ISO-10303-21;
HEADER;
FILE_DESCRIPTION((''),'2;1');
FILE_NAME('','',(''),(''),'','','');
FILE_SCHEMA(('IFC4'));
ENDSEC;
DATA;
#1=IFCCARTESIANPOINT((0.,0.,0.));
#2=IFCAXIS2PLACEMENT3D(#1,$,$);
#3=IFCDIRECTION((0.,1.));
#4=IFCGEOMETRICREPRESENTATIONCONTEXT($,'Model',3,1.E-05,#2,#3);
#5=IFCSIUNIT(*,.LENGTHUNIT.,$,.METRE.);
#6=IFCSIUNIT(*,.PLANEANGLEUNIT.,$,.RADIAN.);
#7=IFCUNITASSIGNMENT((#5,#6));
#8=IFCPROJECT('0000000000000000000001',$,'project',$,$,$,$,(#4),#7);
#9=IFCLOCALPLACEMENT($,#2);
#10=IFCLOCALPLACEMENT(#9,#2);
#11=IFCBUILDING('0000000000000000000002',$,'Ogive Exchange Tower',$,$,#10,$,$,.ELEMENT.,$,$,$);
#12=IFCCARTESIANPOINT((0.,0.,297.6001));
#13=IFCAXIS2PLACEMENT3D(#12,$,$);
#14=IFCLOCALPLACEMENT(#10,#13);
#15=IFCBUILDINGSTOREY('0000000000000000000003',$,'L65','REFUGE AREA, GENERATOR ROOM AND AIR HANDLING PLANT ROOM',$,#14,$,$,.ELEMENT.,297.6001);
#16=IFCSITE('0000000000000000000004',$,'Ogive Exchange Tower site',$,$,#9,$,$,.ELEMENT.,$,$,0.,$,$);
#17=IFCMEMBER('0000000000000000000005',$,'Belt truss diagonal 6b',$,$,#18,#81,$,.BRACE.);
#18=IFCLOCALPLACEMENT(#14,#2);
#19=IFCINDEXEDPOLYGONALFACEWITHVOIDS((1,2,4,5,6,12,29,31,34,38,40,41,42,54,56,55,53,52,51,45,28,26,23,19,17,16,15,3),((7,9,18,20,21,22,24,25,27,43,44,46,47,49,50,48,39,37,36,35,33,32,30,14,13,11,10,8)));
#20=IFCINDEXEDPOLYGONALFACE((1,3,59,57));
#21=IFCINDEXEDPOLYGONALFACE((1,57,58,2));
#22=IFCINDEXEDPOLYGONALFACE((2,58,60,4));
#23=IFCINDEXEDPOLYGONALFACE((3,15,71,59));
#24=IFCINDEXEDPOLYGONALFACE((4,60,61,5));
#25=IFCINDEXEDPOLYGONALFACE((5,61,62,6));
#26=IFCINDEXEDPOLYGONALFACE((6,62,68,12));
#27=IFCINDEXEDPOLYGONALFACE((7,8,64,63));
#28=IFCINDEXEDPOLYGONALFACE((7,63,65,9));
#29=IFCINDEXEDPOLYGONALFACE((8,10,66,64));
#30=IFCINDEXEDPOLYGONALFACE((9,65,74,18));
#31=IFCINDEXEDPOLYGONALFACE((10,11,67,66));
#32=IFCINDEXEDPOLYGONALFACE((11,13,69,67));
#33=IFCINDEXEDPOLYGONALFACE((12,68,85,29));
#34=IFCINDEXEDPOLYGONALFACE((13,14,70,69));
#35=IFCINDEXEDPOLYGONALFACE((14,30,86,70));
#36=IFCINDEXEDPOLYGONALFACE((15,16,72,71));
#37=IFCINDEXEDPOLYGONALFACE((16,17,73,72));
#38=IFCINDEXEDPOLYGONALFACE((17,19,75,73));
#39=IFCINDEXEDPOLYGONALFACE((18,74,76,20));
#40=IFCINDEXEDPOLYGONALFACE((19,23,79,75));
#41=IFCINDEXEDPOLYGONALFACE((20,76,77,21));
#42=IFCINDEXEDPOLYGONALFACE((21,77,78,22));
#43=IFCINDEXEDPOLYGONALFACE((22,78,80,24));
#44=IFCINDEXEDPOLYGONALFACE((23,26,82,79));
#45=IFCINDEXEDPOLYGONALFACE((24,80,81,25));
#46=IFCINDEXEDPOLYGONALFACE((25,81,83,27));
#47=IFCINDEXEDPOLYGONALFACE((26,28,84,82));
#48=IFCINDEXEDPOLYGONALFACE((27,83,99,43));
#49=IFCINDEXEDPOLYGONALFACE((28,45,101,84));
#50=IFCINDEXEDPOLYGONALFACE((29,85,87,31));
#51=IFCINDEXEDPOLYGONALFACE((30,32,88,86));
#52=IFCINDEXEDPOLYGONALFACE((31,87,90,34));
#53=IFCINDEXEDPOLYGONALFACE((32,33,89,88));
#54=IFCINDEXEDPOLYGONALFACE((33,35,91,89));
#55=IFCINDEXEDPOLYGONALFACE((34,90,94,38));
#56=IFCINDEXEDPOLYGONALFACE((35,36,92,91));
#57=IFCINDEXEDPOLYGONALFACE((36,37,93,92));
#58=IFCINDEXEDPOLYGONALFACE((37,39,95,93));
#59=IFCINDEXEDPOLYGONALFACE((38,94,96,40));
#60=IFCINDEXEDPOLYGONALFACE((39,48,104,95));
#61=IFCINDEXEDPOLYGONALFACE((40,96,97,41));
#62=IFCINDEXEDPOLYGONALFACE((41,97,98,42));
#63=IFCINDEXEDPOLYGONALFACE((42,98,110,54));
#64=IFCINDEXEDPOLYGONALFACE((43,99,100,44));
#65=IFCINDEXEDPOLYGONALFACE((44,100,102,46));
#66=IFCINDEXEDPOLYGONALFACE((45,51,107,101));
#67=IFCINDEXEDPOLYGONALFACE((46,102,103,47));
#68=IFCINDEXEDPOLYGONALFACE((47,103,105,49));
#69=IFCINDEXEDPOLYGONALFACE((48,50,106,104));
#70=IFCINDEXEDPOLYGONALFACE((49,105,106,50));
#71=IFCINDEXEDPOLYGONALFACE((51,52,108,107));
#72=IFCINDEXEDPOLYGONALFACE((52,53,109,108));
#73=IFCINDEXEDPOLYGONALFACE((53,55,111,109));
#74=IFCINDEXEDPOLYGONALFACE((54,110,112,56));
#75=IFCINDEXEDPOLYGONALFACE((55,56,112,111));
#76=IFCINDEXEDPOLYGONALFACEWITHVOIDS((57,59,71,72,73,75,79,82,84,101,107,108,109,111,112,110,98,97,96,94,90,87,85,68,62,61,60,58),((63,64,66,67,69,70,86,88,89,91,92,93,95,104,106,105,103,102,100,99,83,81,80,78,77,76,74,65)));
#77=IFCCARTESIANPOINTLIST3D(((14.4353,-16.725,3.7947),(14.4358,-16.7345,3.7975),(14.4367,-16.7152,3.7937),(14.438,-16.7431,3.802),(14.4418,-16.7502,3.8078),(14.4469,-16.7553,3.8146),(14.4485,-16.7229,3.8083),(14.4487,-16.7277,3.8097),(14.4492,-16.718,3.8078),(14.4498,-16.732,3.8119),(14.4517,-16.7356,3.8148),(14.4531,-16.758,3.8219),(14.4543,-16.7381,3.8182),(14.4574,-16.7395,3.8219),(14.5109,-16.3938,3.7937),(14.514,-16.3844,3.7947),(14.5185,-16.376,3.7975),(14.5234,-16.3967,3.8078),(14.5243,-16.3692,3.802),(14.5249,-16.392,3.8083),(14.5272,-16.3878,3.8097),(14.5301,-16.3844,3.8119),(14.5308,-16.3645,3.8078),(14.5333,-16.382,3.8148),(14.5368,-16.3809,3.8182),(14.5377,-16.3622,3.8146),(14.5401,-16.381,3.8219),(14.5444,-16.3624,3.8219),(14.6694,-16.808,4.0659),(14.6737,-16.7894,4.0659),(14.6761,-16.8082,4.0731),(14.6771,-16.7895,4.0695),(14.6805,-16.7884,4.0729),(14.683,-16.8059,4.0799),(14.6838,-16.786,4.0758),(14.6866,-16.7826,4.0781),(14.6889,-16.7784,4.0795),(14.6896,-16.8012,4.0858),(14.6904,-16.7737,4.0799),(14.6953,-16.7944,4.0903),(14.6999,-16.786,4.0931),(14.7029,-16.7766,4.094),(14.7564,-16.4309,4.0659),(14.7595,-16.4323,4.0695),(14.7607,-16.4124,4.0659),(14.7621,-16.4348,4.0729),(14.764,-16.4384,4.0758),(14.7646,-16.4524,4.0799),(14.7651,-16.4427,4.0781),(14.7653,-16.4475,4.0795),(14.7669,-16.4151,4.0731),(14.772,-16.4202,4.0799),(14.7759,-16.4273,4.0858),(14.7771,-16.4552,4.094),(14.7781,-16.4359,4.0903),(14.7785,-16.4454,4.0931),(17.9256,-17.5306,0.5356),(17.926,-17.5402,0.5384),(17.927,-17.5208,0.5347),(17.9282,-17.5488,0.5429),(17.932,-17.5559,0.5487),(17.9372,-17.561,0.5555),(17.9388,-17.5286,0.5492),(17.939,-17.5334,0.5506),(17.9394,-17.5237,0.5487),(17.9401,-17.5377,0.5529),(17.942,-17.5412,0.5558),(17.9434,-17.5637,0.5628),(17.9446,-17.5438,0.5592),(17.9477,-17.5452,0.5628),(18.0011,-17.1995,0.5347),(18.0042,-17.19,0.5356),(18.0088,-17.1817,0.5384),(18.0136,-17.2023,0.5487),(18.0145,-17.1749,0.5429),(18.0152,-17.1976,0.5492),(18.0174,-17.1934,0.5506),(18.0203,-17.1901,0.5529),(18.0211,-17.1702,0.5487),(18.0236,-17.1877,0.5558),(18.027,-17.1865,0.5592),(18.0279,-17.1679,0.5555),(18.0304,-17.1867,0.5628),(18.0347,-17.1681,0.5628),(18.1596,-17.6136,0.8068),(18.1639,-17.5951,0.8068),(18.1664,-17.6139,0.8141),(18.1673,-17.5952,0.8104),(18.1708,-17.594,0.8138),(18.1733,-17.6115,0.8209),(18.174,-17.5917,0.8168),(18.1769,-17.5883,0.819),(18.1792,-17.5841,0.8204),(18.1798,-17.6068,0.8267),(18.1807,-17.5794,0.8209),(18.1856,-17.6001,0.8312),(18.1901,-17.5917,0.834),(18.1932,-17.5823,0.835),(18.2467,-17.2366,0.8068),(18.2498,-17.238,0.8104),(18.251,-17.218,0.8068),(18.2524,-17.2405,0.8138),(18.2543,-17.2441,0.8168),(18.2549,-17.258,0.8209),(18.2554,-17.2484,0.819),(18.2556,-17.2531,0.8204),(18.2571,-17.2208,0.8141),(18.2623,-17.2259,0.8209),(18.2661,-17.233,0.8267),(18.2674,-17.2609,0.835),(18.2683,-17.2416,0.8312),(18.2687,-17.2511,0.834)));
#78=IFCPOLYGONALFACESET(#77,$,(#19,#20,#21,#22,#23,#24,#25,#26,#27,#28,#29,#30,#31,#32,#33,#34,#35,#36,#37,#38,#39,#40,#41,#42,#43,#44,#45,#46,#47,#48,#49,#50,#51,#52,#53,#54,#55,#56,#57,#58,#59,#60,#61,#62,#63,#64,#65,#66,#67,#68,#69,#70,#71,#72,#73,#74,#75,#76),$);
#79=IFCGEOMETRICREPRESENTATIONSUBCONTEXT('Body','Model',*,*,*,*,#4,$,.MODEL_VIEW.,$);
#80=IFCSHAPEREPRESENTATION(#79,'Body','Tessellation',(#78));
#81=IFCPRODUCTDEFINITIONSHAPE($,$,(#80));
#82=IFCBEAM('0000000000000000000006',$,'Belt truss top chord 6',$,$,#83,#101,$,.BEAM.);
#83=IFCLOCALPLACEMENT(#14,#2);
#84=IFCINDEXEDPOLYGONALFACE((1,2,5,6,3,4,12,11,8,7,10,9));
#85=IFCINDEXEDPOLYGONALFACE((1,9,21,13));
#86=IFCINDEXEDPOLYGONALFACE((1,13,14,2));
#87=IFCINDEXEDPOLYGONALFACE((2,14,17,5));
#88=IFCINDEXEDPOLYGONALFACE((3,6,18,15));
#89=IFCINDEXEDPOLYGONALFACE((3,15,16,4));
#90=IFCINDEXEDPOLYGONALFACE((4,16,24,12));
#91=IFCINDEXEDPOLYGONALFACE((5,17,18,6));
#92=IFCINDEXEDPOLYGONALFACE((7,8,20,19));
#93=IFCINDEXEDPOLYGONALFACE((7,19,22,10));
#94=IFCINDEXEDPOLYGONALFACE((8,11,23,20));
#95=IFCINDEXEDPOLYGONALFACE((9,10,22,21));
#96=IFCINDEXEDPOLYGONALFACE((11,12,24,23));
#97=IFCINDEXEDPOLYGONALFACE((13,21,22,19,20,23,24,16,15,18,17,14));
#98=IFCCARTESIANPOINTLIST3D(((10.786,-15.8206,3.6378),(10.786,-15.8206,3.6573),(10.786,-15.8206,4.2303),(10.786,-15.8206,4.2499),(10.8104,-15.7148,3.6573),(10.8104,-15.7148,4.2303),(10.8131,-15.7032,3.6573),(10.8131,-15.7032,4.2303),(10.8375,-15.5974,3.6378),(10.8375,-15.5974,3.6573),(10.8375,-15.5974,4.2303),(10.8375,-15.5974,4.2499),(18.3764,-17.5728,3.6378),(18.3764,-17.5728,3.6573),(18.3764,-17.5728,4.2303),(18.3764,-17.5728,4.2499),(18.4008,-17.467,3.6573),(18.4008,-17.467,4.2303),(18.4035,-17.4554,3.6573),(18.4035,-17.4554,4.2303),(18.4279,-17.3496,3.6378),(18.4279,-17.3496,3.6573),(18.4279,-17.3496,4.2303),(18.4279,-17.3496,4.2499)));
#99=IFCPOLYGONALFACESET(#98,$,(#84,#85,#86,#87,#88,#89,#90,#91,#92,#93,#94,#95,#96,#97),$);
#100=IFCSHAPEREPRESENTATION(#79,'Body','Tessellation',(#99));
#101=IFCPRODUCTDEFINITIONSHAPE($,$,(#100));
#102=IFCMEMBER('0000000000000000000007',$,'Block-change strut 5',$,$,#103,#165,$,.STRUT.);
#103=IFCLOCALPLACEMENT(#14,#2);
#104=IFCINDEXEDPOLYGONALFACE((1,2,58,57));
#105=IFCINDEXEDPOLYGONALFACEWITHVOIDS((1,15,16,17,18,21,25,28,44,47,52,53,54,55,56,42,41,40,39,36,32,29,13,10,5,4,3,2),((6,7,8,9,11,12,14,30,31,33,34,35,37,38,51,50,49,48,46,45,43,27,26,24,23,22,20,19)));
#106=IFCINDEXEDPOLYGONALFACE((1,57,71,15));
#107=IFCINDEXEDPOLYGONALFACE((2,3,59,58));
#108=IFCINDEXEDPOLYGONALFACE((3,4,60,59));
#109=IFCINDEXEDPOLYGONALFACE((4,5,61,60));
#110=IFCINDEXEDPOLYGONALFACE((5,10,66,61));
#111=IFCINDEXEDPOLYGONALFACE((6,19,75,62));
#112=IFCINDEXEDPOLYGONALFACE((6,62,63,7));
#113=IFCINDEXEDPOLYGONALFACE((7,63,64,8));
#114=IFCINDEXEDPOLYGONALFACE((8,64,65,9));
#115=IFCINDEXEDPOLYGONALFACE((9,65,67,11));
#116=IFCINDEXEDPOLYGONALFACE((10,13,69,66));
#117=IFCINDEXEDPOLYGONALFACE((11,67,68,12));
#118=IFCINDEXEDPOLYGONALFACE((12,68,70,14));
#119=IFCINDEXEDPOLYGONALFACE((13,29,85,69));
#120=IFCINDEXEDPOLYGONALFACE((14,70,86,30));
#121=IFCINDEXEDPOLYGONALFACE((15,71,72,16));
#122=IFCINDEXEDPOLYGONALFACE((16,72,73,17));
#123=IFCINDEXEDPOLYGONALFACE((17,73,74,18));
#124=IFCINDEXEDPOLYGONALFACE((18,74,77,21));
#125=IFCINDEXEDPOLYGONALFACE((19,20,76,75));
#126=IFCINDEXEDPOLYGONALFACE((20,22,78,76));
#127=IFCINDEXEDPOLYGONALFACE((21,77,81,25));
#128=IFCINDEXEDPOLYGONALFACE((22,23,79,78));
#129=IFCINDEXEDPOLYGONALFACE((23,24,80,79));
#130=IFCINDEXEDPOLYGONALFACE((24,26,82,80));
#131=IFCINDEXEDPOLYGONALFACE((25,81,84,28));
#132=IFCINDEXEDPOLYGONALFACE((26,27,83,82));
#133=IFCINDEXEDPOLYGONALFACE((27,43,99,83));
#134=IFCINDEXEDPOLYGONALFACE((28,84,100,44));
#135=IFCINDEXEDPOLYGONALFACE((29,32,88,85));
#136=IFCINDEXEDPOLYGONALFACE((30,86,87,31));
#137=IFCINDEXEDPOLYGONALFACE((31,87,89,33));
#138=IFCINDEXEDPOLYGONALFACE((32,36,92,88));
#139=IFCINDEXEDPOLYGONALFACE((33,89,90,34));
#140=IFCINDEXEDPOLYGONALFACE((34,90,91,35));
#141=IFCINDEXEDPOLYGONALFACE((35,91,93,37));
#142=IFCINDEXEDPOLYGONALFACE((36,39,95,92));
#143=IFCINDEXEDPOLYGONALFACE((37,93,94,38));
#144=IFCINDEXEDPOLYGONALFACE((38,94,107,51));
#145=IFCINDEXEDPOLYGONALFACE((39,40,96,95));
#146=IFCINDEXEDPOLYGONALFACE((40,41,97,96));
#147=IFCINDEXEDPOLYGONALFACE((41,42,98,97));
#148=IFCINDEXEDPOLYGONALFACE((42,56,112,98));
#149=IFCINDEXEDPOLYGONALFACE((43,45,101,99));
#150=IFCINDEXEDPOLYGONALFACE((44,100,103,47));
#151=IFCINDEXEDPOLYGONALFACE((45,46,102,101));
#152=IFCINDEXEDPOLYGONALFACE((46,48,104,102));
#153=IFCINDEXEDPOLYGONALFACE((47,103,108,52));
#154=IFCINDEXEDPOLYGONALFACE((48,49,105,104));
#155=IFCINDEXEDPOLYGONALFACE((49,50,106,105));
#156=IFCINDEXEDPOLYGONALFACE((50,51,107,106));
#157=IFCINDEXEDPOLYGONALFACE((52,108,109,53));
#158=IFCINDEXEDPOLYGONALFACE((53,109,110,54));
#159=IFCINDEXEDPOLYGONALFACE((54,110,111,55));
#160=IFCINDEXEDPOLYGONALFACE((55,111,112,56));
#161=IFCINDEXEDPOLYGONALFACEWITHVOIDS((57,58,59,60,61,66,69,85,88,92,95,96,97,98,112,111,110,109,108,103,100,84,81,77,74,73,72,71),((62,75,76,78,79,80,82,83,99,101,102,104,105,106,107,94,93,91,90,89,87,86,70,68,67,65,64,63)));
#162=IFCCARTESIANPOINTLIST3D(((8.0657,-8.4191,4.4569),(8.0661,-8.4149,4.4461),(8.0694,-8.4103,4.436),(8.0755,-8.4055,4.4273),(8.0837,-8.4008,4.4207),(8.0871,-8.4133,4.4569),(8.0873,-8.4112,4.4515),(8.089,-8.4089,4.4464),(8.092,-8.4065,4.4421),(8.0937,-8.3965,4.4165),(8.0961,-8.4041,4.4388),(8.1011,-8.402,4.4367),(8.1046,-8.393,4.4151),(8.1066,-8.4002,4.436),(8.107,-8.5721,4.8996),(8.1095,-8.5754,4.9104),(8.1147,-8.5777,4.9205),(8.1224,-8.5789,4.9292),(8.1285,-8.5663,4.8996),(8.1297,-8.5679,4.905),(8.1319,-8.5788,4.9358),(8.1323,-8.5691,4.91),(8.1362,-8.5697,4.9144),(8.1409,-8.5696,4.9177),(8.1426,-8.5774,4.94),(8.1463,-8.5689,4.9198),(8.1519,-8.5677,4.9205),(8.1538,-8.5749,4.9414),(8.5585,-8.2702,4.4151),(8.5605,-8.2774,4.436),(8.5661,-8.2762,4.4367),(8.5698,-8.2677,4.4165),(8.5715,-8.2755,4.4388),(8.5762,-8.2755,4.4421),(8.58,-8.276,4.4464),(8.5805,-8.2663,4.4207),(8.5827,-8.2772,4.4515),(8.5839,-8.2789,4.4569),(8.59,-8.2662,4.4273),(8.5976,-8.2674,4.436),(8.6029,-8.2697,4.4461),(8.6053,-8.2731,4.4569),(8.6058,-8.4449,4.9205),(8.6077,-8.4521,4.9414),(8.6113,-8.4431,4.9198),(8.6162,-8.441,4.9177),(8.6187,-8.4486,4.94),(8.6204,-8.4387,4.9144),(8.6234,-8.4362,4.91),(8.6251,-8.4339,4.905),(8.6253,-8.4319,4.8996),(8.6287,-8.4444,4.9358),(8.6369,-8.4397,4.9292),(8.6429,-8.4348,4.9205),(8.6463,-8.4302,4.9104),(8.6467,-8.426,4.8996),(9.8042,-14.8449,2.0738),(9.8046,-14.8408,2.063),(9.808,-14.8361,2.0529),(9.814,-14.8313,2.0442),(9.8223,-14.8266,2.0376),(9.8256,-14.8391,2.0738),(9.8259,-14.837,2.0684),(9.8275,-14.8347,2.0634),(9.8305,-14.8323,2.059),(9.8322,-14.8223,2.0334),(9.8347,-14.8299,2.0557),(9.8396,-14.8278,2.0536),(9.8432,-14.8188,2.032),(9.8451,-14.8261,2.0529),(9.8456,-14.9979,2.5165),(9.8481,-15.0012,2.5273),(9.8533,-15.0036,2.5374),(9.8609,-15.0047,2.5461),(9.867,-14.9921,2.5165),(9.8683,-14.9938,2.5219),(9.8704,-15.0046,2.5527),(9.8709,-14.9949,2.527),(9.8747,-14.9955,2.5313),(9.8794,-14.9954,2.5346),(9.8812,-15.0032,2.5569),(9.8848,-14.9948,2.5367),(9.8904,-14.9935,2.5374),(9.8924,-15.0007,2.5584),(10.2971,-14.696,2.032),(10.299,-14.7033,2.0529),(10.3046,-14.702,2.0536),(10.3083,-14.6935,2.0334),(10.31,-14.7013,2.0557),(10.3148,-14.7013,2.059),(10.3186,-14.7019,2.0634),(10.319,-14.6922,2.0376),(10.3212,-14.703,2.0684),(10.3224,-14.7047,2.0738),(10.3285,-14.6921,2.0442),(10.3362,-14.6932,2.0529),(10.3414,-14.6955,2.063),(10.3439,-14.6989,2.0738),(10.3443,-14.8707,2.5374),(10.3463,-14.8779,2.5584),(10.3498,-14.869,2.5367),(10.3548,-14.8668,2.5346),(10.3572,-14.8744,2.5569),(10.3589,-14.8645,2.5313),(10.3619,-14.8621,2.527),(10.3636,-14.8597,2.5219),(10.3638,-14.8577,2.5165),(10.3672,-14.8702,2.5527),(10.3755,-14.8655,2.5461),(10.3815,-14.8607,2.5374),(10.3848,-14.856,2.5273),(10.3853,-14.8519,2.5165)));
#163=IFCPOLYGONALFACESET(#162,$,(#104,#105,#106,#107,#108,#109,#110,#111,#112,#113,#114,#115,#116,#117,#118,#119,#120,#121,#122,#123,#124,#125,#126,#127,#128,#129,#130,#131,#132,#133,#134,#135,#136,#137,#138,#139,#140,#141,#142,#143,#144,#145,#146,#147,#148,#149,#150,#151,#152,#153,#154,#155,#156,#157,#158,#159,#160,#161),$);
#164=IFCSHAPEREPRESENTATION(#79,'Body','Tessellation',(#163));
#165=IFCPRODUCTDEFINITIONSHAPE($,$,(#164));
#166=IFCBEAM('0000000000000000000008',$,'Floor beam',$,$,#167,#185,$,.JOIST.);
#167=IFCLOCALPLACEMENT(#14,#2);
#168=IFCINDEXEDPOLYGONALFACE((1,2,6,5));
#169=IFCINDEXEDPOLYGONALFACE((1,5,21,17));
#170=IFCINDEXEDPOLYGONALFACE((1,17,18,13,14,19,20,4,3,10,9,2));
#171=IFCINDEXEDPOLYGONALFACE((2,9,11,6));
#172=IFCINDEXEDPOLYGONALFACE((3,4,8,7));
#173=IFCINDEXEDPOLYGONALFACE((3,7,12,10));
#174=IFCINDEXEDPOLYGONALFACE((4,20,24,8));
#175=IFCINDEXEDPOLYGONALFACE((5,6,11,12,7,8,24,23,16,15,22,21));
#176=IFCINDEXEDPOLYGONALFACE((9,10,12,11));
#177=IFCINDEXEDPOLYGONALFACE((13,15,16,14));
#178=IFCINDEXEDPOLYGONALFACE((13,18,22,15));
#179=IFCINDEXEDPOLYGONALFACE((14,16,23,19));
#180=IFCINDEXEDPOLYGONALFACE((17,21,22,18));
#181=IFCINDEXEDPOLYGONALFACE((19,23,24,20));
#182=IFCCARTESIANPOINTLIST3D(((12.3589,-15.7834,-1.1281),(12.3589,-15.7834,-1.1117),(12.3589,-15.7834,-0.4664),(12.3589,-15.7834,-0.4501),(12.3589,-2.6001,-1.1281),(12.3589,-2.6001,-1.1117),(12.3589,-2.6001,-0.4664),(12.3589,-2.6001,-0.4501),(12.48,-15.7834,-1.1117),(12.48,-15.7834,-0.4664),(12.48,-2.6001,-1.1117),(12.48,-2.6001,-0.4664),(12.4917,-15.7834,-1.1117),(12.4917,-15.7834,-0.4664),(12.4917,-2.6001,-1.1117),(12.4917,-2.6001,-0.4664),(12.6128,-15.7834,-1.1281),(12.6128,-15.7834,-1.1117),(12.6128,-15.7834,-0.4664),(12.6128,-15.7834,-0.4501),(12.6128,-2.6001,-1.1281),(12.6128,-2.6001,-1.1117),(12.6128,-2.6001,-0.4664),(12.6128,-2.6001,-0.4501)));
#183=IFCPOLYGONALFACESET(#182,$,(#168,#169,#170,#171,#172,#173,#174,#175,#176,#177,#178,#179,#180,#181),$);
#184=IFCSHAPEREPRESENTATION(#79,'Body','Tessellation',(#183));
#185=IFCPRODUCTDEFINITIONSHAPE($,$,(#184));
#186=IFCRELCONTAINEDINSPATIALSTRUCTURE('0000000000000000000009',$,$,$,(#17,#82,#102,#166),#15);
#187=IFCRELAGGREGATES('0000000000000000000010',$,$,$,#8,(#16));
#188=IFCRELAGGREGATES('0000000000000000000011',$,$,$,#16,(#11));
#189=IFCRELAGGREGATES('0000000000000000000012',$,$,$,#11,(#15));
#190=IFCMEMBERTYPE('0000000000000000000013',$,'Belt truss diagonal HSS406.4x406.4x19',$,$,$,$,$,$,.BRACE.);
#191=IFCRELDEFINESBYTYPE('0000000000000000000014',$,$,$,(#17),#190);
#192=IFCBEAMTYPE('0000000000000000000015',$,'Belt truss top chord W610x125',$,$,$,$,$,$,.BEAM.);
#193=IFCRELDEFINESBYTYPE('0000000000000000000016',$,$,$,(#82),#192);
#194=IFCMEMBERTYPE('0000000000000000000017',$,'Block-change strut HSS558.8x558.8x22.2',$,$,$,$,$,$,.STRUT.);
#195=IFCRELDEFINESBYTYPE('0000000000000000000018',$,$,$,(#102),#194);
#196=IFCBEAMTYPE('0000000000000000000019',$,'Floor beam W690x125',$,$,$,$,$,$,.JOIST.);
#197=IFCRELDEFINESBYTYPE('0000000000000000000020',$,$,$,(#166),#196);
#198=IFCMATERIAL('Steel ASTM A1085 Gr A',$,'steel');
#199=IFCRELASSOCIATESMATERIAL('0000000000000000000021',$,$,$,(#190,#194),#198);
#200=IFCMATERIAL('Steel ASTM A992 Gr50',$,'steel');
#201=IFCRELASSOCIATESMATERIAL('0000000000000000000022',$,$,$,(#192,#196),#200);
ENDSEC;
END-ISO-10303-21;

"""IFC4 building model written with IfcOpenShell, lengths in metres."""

from ifc_helpers import new_model, si_unit, direction, frame, origin, origin_2d, place, context, subcontext, project, spatial, hollow_rectangle, i_section, extrude, material, material_profile, profile_set, type_object, element, save


model = new_model("IFC4")

# Units and contexts
model_context = context("Model", 3, precision=1e-05, world=origin(), true_north=direction((0.0, 1.0)))
body_context = subcontext(model_context, "Body", "Model", "MODEL_VIEW")
ifc_project = project(units=[si_unit("LENGTHUNIT", "METRE"), si_unit("PLANEANGLEUNIT", "RADIAN")], contexts=[model_context])

# Site, building, storey
site_placement = place(None, origin())
site = spatial("IfcSite", under=ifc_project, at=site_placement, Name="Ogive Exchange Tower site", CompositionType="ELEMENT", RefElevation=0.0)
building_placement = place(site_placement, origin())
building = spatial("IfcBuilding", under=site, at=building_placement, Name="Ogive Exchange Tower", CompositionType="ELEMENT")
storey_placement = place(building_placement, frame((0.0, 0.0, 297.6001)))
storey = spatial("IfcBuildingStorey", under=building, at=storey_placement, Name="L65", Description="REFUGE AREA, GENERATOR ROOM AND AIR HANDLING PLANT ROOM", CompositionType="ELEMENT", Elevation=297.6001)

# Shared definitions
ifc_material_1 = material(Name="Steel ASTM A992 Gr50", Category="steel")

# Member
ifc_material_2 = material(Name="Steel ASTM A1085 Gr A", Category="steel")
ifc_material_profile_1 = material_profile(ifc_material_2, hollow_rectangle(XDim=0.406, YDim=0.406, WallThickness=0.019, InnerFilletRadius=0.019, OuterFilletRadius=0.0381, at=origin_2d()), Name="HSS406.4x406.4x19")
ifc_profile_set_1 = profile_set([ifc_material_profile_1], Name="Steel ASTM A1085 Gr A")
member_type_1 = type_object("IfcMemberType", Name="Belt truss diagonal HSS406.4x406.4x19", PredefinedType="BRACE", material=ifc_profile_set_1)
for number, where, z_axis, x_axis, name in (
    (1, (18.0972, -17.3909, 0.6848), (-0.720715, 0.166365, 0.672973), (-0.224919, -0.974377, 0.0), "Belt truss diagonal 6b"),
):
    element("IfcMember", number, at=place(storey_placement, frame(where, z_axis=z_axis, x_axis=x_axis)), inside=storey, type_object=member_type_1, Name=name, PredefinedType="BRACE", context=body_context, shape_type="SweptSolid", body=[
        extrude(hollow_rectangle(XDim=0.406, YDim=0.406, WallThickness=0.019, InnerFilletRadius=0.019, OuterFilletRadius=0.0381, at=origin_2d()), origin(), (0.0, 0.0, 1.0), 4.8428),
    ])

# Beam
ifc_material_profile_2 = material_profile(ifc_material_1, i_section(OverallWidth=0.229, OverallDepth=0.6121, WebThickness=0.012, FlangeThickness=0.0195, at=origin_2d()), Name="W610x125")
ifc_profile_set_2 = profile_set([ifc_material_profile_2], Name="Steel ASTM A992 Gr50")
beam_type_1 = type_object("IfcBeamType", Name="Belt truss top chord W610x125", PredefinedType="BEAM", material=ifc_profile_set_2)
beam_1_placement = place(storey_placement, frame((10.8118, -15.709, 3.9438), z_axis=(0.974375, -0.22493, 0.0), x_axis=(0.22493, 0.974375, 0.0)))
element("IfcBeam", 2, at=beam_1_placement, inside=storey, type_object=beam_type_1, Name="Belt truss top chord 6", PredefinedType="BEAM", context=body_context, shape_type="SweptSolid", body=[
    extrude(i_section(OverallWidth=0.229, OverallDepth=0.6121, WebThickness=0.012, FlangeThickness=0.0195, at=origin_2d()), origin(), (0.0, 0.0, 1.0), 7.79),
])

# Member
ifc_material_profile_3 = material_profile(ifc_material_2, hollow_rectangle(XDim=0.5591, YDim=0.5591, WallThickness=0.0222, InnerFilletRadius=0.0222, OuterFilletRadius=0.0444, at=origin_2d()), Name="HSS558.8x558.8x22.2")
ifc_profile_set_3 = profile_set([ifc_material_profile_3], Name="Steel ASTM A1085 Gr A")
member_type_2 = type_object("IfcMemberType", Name="Block-change strut HSS558.8x558.8x22.2", PredefinedType="STRUT", material=ifc_profile_set_3)
member_1_placement = place(storey_placement, frame((10.0947, -14.8484, 2.2952), z_axis=(-0.245884, 0.908815, 0.337042), x_axis=(-0.965294, -0.261165, 0.0)))
element("IfcMember", 3, at=member_1_placement, inside=storey, type_object=member_type_2, Name="Block-change strut 5", PredefinedType="STRUT", context=body_context, shape_type="SweptSolid", body=[
    extrude(hollow_rectangle(XDim=0.5591, YDim=0.5591, WallThickness=0.0222, InnerFilletRadius=0.0222, OuterFilletRadius=0.0444, at=origin_2d()), origin(), (0.0, 0.0, 1.0), 7.0706),
])

# Beam
ifc_material_profile_4 = material_profile(ifc_material_1, i_section(OverallWidth=0.2539, OverallDepth=0.678, WebThickness=0.0117, FlangeThickness=0.0164, at=origin_2d()), Name="W690x125")
ifc_profile_set_4 = profile_set([ifc_material_profile_4], Name="Steel ASTM A992 Gr50")
beam_type_2 = type_object("IfcBeamType", Name="Floor beam W690x125", PredefinedType="JOIST", material=ifc_profile_set_4)
beam_2_placement = place(storey_placement, frame((12.4858, -15.7834, -0.7891), z_axis=(0.0, 1.0, 0.0), x_axis=(-1.0, 0.0, 0.0)))
element("IfcBeam", 4, at=beam_2_placement, inside=storey, type_object=beam_type_2, Name="Floor beam", PredefinedType="JOIST", context=body_context, shape_type="SweptSolid", body=[
    extrude(i_section(OverallWidth=0.2539, OverallDepth=0.678, WebThickness=0.0117, FlangeThickness=0.0164, at=origin_2d()), origin(), (0.0, 0.0, 1.0), 13.1833),
])

save(model, "model.ifc")
